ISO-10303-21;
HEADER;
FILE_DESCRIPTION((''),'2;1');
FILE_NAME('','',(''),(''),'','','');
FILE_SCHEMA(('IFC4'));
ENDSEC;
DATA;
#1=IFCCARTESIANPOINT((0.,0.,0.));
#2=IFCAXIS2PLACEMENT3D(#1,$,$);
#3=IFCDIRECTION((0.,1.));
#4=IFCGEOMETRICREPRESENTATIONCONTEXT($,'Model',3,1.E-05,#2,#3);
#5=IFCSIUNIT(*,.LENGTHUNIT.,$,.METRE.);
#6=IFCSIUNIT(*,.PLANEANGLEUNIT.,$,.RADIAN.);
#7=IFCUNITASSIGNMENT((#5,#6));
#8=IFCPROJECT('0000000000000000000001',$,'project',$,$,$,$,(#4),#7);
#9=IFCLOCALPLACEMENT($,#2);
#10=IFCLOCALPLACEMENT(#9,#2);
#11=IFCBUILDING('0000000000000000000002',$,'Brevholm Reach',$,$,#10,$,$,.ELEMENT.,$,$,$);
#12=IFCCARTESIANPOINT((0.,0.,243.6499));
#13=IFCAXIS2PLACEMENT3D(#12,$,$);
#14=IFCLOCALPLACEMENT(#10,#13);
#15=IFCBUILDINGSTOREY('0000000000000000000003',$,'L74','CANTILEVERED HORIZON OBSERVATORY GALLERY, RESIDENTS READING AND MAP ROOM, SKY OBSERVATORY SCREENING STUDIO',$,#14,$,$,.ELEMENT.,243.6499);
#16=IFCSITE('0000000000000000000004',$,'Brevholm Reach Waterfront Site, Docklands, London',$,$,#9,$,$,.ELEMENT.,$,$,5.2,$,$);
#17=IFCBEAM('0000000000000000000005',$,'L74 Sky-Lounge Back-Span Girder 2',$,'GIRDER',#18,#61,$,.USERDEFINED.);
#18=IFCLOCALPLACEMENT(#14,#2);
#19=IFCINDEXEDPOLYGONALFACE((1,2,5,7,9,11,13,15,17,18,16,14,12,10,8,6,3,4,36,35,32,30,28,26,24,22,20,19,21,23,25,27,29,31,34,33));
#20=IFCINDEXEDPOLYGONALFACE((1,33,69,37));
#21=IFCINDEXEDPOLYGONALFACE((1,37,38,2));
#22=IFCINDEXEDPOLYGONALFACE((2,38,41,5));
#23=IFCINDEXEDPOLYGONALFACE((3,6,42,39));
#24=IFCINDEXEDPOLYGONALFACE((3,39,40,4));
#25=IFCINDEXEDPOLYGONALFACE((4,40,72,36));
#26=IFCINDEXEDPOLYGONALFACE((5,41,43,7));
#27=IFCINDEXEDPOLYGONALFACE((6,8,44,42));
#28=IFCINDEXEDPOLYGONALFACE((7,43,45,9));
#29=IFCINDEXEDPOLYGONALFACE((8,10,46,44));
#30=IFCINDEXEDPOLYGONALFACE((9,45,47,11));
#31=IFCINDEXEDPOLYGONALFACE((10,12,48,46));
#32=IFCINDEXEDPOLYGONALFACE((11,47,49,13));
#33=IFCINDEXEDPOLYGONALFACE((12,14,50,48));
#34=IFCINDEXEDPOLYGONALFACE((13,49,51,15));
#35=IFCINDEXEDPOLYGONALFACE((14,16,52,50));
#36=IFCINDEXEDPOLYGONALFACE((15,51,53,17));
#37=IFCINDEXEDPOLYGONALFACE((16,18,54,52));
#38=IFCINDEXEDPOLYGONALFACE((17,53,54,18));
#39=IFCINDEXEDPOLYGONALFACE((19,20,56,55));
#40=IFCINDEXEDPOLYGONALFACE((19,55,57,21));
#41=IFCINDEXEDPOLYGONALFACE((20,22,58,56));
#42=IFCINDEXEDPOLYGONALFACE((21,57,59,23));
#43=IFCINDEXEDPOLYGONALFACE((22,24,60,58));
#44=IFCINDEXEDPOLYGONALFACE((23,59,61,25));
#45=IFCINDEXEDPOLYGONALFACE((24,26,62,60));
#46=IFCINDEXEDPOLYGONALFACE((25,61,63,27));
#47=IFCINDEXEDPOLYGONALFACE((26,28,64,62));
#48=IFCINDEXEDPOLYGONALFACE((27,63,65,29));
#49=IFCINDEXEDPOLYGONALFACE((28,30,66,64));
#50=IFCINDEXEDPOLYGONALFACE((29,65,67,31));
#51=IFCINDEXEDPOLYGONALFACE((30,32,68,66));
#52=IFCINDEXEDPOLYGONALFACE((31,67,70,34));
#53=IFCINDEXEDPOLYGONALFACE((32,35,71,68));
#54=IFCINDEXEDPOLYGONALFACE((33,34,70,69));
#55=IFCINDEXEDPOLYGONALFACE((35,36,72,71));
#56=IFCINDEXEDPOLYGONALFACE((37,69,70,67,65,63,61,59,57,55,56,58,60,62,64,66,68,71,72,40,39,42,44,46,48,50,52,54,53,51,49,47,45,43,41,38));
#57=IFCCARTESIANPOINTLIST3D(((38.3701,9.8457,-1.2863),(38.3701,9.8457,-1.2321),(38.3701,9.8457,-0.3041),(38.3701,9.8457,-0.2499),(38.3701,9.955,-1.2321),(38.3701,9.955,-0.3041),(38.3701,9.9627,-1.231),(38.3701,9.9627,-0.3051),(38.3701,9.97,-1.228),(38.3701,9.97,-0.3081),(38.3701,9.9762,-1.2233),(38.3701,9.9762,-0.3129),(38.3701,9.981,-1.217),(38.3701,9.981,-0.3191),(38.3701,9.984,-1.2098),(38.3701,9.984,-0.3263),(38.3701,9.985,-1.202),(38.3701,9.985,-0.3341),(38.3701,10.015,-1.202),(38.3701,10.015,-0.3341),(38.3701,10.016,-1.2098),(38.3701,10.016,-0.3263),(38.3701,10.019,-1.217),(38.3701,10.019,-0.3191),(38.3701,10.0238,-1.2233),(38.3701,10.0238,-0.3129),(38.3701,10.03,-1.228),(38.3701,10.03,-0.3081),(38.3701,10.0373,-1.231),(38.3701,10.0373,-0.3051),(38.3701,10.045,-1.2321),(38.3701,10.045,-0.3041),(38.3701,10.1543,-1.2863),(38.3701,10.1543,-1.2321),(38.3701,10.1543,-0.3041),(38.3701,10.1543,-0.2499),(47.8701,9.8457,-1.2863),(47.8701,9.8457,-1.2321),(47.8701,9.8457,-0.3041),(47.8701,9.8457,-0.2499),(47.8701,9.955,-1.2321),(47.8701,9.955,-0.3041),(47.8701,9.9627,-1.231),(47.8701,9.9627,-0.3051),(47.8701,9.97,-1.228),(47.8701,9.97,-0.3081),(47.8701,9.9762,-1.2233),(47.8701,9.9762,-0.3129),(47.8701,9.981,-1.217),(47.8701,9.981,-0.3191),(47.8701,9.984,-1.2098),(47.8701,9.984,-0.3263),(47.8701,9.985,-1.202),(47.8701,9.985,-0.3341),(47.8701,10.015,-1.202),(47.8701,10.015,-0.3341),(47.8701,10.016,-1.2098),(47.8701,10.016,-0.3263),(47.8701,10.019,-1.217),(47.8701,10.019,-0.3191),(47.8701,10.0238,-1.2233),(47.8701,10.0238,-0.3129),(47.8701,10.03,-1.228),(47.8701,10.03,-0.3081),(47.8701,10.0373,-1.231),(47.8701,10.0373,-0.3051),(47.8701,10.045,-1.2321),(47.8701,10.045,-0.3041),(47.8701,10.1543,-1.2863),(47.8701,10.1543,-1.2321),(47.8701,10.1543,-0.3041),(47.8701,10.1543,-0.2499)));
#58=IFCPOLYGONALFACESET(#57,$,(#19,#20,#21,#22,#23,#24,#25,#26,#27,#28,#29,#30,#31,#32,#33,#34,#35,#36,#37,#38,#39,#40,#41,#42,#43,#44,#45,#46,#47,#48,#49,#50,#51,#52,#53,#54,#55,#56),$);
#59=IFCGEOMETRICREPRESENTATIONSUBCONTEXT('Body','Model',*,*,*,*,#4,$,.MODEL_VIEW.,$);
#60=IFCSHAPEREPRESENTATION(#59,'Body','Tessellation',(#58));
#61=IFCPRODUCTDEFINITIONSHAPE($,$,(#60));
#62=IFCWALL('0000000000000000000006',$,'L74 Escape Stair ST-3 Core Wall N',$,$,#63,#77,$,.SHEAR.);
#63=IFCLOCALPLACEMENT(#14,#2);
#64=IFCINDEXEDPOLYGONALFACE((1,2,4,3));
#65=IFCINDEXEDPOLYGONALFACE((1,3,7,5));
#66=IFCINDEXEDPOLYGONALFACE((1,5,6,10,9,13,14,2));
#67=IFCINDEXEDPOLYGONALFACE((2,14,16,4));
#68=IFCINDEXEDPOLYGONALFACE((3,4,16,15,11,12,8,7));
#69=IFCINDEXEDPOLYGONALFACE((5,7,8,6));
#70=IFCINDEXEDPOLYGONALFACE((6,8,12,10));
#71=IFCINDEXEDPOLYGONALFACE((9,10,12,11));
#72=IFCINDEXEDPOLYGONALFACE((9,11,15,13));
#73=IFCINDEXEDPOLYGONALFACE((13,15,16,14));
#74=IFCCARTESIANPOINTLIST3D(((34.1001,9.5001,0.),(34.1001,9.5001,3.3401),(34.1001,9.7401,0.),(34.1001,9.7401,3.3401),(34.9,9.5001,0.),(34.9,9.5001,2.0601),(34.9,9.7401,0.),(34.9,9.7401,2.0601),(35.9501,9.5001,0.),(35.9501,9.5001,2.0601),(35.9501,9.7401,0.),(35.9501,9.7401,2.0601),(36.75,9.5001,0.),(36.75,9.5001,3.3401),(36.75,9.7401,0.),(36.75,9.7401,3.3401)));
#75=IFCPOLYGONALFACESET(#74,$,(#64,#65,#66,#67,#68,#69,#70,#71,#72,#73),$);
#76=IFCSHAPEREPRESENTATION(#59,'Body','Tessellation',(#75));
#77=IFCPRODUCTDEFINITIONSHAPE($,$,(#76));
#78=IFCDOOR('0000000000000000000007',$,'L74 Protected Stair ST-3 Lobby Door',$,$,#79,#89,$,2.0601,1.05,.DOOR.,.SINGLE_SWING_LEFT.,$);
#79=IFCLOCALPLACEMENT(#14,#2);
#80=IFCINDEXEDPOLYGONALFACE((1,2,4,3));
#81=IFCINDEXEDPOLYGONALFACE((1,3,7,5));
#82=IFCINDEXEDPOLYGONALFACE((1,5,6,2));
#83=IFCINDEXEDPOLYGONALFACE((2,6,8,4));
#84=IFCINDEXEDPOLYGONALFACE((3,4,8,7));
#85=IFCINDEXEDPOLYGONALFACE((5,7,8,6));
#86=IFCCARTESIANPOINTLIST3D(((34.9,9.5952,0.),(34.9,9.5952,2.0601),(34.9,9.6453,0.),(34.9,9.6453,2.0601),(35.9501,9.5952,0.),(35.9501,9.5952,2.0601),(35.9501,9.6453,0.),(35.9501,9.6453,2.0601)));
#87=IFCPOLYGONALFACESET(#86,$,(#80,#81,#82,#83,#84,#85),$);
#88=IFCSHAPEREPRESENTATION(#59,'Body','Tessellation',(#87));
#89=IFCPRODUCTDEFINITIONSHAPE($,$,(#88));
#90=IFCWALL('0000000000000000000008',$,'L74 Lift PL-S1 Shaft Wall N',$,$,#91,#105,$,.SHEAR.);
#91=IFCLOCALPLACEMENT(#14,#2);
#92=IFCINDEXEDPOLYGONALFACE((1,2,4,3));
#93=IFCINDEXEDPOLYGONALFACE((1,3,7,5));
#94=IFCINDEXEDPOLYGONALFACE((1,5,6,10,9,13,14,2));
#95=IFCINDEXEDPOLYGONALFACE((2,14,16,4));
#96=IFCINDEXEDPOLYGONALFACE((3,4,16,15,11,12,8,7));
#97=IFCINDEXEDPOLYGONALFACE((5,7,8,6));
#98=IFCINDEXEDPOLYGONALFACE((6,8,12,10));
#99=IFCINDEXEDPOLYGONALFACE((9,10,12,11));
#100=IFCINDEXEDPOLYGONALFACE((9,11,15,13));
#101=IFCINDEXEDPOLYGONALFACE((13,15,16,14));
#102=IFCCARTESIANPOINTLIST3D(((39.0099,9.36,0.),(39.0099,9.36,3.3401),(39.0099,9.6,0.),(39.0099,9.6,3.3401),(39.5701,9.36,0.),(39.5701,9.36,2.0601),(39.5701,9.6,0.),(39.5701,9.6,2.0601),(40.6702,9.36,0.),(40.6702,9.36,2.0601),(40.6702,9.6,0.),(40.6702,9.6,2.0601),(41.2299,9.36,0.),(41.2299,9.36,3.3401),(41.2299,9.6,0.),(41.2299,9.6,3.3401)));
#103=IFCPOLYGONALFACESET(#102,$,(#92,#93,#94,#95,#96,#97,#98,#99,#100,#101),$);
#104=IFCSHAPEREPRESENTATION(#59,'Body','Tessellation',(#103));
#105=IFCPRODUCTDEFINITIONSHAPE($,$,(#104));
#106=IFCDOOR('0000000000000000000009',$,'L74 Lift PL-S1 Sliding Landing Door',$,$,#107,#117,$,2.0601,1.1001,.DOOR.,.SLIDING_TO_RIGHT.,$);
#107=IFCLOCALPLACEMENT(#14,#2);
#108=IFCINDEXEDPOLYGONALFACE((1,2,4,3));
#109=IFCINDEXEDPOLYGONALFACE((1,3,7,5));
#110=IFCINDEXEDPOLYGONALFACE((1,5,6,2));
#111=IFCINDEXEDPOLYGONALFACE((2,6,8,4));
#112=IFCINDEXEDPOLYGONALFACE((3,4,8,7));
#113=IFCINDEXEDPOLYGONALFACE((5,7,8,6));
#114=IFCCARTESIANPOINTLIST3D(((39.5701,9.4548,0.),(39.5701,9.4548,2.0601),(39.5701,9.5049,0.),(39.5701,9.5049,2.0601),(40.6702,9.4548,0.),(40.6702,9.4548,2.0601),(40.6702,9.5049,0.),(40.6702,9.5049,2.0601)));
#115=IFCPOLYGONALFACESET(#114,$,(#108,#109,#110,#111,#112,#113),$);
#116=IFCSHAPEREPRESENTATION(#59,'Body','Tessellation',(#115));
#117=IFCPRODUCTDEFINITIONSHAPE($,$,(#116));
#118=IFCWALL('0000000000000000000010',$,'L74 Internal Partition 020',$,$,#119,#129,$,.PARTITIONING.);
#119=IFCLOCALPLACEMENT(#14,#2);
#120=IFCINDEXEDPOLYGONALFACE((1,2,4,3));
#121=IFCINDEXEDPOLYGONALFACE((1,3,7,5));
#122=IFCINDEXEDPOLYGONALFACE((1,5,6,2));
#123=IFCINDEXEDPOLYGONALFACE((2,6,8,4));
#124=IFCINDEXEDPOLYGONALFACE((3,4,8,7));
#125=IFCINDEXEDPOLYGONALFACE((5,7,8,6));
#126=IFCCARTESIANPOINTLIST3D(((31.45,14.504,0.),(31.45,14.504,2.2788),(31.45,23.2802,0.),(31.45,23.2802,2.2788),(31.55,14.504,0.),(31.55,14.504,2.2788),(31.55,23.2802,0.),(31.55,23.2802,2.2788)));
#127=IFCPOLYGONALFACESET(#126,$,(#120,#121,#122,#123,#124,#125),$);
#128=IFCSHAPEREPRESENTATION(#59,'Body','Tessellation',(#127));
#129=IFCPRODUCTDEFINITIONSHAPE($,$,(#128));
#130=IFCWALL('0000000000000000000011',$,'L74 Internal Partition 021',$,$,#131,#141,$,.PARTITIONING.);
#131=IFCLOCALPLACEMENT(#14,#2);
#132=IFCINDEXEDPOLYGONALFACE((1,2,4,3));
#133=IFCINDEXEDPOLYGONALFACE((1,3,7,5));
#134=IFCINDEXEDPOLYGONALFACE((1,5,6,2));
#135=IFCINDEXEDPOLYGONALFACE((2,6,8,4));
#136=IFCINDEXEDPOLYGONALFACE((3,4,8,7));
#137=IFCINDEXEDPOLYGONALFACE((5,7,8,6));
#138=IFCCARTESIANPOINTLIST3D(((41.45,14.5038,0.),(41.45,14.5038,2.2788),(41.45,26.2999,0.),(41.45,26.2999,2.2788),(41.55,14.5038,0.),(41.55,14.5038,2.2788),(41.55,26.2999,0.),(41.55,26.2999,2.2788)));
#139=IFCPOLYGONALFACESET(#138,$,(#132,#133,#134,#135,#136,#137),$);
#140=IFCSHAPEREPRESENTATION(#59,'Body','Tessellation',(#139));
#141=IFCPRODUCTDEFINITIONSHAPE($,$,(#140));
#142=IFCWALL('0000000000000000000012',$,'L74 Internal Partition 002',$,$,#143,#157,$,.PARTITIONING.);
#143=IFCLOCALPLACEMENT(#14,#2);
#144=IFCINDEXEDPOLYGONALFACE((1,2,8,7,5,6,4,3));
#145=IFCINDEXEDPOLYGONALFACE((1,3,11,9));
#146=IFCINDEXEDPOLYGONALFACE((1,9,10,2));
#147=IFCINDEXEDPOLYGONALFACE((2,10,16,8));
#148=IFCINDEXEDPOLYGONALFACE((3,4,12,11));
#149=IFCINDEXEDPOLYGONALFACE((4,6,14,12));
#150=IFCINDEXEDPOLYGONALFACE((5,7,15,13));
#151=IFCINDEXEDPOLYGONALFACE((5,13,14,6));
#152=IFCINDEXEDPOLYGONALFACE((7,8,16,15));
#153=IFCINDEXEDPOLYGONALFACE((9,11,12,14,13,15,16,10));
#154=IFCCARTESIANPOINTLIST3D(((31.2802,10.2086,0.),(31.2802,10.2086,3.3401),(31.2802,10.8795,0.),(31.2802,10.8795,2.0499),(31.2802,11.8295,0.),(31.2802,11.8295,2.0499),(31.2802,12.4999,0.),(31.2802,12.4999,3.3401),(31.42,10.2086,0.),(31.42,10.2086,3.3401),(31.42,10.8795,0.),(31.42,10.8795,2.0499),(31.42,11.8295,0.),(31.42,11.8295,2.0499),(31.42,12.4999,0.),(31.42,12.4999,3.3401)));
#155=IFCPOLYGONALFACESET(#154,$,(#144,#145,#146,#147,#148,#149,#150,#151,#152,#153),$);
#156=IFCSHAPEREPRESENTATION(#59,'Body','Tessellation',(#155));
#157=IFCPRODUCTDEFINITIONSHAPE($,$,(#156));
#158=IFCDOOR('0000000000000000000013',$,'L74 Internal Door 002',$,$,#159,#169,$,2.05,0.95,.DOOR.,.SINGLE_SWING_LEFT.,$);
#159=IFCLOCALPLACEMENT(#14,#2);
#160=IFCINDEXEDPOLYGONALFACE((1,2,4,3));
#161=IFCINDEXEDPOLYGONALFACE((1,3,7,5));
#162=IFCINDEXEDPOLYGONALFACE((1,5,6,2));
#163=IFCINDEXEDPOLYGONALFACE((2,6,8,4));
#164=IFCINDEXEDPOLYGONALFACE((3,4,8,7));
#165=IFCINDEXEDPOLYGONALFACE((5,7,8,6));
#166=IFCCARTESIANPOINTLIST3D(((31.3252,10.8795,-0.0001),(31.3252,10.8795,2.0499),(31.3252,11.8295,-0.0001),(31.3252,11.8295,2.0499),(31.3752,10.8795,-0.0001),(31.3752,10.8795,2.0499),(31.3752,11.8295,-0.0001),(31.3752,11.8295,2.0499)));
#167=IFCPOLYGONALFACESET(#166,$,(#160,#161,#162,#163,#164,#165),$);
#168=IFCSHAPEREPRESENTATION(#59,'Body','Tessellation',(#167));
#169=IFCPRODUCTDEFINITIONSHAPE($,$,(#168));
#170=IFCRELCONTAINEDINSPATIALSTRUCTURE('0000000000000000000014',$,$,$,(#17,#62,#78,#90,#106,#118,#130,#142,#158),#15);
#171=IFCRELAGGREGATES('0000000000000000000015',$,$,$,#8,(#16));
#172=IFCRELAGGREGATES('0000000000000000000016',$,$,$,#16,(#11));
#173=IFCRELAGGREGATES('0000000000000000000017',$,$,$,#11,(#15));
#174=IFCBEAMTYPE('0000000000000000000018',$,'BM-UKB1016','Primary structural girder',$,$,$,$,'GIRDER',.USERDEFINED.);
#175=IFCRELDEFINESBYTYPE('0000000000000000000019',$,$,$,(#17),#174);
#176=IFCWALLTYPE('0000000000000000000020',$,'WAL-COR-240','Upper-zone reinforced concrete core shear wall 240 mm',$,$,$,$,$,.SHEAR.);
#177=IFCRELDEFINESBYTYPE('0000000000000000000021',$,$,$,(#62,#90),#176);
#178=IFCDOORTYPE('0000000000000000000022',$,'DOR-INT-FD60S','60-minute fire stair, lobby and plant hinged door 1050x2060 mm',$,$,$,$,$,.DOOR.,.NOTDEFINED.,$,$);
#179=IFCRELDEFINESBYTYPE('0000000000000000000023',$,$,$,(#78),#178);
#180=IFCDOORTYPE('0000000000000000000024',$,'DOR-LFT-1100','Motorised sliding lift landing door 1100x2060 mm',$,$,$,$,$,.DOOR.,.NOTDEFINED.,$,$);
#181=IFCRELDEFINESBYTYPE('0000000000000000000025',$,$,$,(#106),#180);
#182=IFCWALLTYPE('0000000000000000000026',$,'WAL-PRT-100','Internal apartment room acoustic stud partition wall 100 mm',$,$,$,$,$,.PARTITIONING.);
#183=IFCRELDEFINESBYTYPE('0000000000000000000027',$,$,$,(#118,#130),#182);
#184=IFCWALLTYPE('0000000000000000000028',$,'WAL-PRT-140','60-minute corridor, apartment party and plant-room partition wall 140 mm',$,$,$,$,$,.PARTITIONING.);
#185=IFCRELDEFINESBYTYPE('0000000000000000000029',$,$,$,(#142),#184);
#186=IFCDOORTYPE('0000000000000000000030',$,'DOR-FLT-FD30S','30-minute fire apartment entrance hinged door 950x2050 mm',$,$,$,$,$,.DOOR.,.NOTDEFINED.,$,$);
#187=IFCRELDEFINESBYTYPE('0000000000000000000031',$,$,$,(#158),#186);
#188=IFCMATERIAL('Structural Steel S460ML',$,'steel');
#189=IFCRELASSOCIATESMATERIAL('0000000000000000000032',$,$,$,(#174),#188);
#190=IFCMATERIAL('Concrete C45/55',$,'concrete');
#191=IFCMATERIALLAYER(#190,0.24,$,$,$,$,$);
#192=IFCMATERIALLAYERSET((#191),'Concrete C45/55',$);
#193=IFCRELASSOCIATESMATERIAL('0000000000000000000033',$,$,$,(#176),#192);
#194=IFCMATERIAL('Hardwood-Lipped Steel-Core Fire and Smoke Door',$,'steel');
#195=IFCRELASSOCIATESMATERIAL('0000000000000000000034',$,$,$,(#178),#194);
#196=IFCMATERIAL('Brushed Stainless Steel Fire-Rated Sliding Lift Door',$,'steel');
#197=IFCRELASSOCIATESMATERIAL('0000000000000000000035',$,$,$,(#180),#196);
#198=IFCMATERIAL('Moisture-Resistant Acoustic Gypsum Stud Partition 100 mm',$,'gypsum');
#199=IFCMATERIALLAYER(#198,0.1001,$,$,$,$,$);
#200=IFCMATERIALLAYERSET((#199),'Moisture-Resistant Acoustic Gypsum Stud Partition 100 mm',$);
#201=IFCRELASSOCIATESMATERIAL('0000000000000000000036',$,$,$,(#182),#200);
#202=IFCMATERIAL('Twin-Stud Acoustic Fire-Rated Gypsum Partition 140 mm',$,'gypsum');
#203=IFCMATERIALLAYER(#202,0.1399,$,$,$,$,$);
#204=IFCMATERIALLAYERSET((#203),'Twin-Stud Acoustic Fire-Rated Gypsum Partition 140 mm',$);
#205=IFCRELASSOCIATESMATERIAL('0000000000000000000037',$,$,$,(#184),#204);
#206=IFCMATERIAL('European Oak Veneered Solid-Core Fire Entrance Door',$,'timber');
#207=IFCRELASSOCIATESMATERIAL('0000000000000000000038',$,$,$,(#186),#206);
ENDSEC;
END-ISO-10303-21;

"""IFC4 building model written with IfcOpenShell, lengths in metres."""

from ifc_helpers import new_model, si_unit, direction, frame, frame_2d, origin, origin_2d, place, context, subcontext, project, spatial, rectangle, i_section, extrude, material, layer, layer_set, material_profile, profile_set, type_object, element, fill, save


model = new_model("IFC4")

# Units and contexts
model_context = context("Model", 3, precision=1e-05, world=origin(), true_north=direction((0.0, 1.0)))
body_context = subcontext(model_context, "Body", "Model", "MODEL_VIEW")
ifc_project = project(units=[si_unit("LENGTHUNIT", "METRE"), si_unit("PLANEANGLEUNIT", "RADIAN")], contexts=[model_context])

# Site, building, storey
site_placement = place(None, origin())
site = spatial("IfcSite", under=ifc_project, at=site_placement, Name="Brevholm Reach Waterfront Site, Docklands, London", CompositionType="ELEMENT", RefElevation=5.2)
building_placement = place(site_placement, origin())
building = spatial("IfcBuilding", under=site, at=building_placement, Name="Brevholm Reach", CompositionType="ELEMENT")
storey_placement = place(building_placement, frame((0.0, 0.0, 243.6499)))
storey = spatial("IfcBuildingStorey", under=building, at=storey_placement, Name="L74", Description="CANTILEVERED HORIZON OBSERVATORY GALLERY, RESIDENTS READING AND MAP ROOM, SKY OBSERVATORY SCREENING STUDIO", CompositionType="ELEMENT", Elevation=243.6499)

# Beam
ifc_material_1 = material(Name="Structural Steel S460ML", Category="steel")
ifc_material_profile_1 = material_profile(ifc_material_1, i_section(OverallWidth=0.3086, OverallDepth=1.0364, WebThickness=0.03, FlangeThickness=0.0542, FilletRadius=0.03, at=origin_2d()), Name="UKB 1016x305x487")
ifc_profile_set_1 = profile_set([ifc_material_profile_1], Name="Structural Steel S460ML")
beam_type_1 = type_object("IfcBeamType", Name="BM-UKB1016", Description="Primary structural girder", ElementType="GIRDER", PredefinedType="USERDEFINED", material=ifc_profile_set_1)
beam_placement = place(storey_placement, frame((38.3701, 10.0, -0.7681), z_axis=(1.0, 0.0, 0.0), x_axis=(0.0, 1.0, 0.0)))
element("IfcBeam", 1, at=beam_placement, inside=storey, type_object=beam_type_1, Name="L74 Sky-Lounge Back-Span Girder 2", ObjectType="GIRDER", PredefinedType="USERDEFINED", context=body_context, shape_type="SweptSolid", body=[
    extrude(i_section(OverallWidth=0.3086, OverallDepth=1.0364, WebThickness=0.03, FlangeThickness=0.0542, FilletRadius=0.03, at=origin_2d()), origin(), (0.0, 0.0, 1.0), 9.5),
])

# Walls, openings, doors
ifc_material_2 = material(Name="Concrete C45/55", Category="concrete")
ifc_layer_1 = layer(ifc_material_2, 0.24)
ifc_layer_set_1 = layer_set([ifc_layer_1], Name="Concrete C45/55")
wall_type_1 = type_object("IfcWallType", Name="WAL-COR-240", Description="Upper-zone reinforced concrete core shear wall 240 mm", PredefinedType="SHEAR", material=ifc_layer_set_1)
wall_1_placement = place(storey_placement, frame((36.75, 9.6201, 0.0), z_axis=(0.0, 0.0, 1.0), x_axis=(-1.0, 0.0, 0.0)))
wall_1 = element("IfcWall", 2, at=wall_1_placement, inside=storey, type_object=wall_type_1, Name="L74 Escape Stair ST-3 Core Wall N", PredefinedType="SHEAR", context=body_context, shape_type="SweptSolid", body=[
    extrude(rectangle(XDim=2.6499, YDim=0.24, at=frame_2d((1.325, 0.0))), origin(), (0.0, 0.0, 1.0), 3.3401),
])
opening_1_placement = place(wall_1_placement, frame((0.8, 0.0, 0.0)))
opening_1 = element("IfcOpeningElement", 3, at=opening_1_placement, cuts=wall_1, PredefinedType="OPENING", context=body_context, shape_type="SweptSolid", body=[
    extrude(rectangle(XDim=1.05, YDim=2.0601, at=frame_2d((0.5249, 1.03))), frame((0.0, 0.1299, 0.0), z_axis=(0.0, -1.0, 0.0), x_axis=(1.0, 0.0, 0.0)), (0.0, 0.0, 1.0), 0.26),
])
ifc_material_3 = material(Name="Hardwood-Lipped Steel-Core Fire and Smoke Door", Category="steel")
door_type_1 = type_object("IfcDoorType", Name="DOR-INT-FD60S", Description="60-minute fire stair, lobby and plant hinged door 1050x2060 mm", OperationType="NOTDEFINED", PredefinedType="DOOR", material=ifc_material_3)
door_1_placement = place(opening_1_placement, origin())
door_1 = element("IfcDoor", 4, at=door_1_placement, inside=storey, type_object=door_type_1, Name="L74 Protected Stair ST-3 Lobby Door", OperationType="SINGLE_SWING_LEFT", OverallHeight=2.0601, OverallWidth=1.05, PredefinedType="DOOR", context=body_context, shape_type="SweptSolid", body=[
    extrude(rectangle(XDim=1.05, YDim=2.0601, at=frame_2d((0.5249, 1.03))), frame((0.0, 0.0249, 0.0), z_axis=(0.0, -1.0, 0.0), x_axis=(1.0, 0.0, 0.0)), (0.0, 0.0, 1.0), 0.05),
])
fill(opening_1, door_1)
wall_2_placement = place(storey_placement, frame((39.01, 9.48, 0.0), z_axis=(0.0, 0.0, 1.0), x_axis=(1.0, 0.0, 0.0)))
wall_2 = element("IfcWall", 5, at=wall_2_placement, inside=storey, type_object=wall_type_1, Name="L74 Lift PL-S1 Shaft Wall N", PredefinedType="SHEAR", context=body_context, shape_type="SweptSolid", body=[
    extrude(rectangle(XDim=2.22, YDim=0.24, at=frame_2d((1.1099, 0.0))), origin(), (0.0, 0.0, 1.0), 3.3401),
])
opening_2_placement = place(wall_2_placement, frame((0.5601, 0.0, 0.0)))
opening_2 = element("IfcOpeningElement", 6, at=opening_2_placement, cuts=wall_2, PredefinedType="OPENING", context=body_context, shape_type="SweptSolid", body=[
    extrude(rectangle(XDim=1.1001, YDim=2.0601, at=frame_2d((0.55, 1.03))), frame((0.0, 0.1299, 0.0), z_axis=(0.0, -1.0, 0.0), x_axis=(1.0, 0.0, 0.0)), (0.0, 0.0, 1.0), 0.26),
])
ifc_material_4 = material(Name="Brushed Stainless Steel Fire-Rated Sliding Lift Door", Category="steel")
door_type_2 = type_object("IfcDoorType", Name="DOR-LFT-1100", Description="Motorised sliding lift landing door 1100x2060 mm", OperationType="NOTDEFINED", PredefinedType="DOOR", material=ifc_material_4)
door_2_placement = place(opening_2_placement, origin())
door_2 = element("IfcDoor", 7, at=door_2_placement, inside=storey, type_object=door_type_2, Name="L74 Lift PL-S1 Sliding Landing Door", OperationType="SLIDING_TO_RIGHT", OverallHeight=2.0601, OverallWidth=1.1001, PredefinedType="DOOR", context=body_context, shape_type="SweptSolid", body=[
    extrude(rectangle(XDim=1.1001, YDim=2.0601, at=frame_2d((0.55, 1.03))), frame((0.0, 0.0249, 0.0), z_axis=(0.0, -1.0, 0.0), x_axis=(1.0, 0.0, 0.0)), (0.0, 0.0, 1.0), 0.05),
])
fill(opening_2, door_2)

# Walls
ifc_material_5 = material(Name="Moisture-Resistant Acoustic Gypsum Stud Partition 100 mm", Category="gypsum")
ifc_layer_2 = layer(ifc_material_5, 0.1001)
ifc_layer_set_2 = layer_set([ifc_layer_2], Name="Moisture-Resistant Acoustic Gypsum Stud Partition 100 mm")
wall_type_2 = type_object("IfcWallType", Name="WAL-PRT-100", Description="Internal apartment room acoustic stud partition wall 100 mm", PredefinedType="PARTITIONING", material=ifc_layer_set_2)
wall_3_placement = place(storey_placement, frame((31.5, 14.5039, 0.0), z_axis=(0.0, 0.0, 1.0), x_axis=(0.0, 1.0, 0.0)))
element("IfcWall", 8, at=wall_3_placement, inside=storey, type_object=wall_type_2, Name="L74 Internal Partition 020", PredefinedType="PARTITIONING", context=body_context, shape_type="SweptSolid", body=[
    extrude(rectangle(XDim=8.7761, YDim=0.1001, at=frame_2d((4.3882, 0.0))), origin(), (0.0, 0.0, 1.0), 2.2788),
])
wall_4_placement = place(storey_placement, frame((41.5, 14.5039, 0.0), z_axis=(0.0, 0.0, 1.0), x_axis=(0.0, 1.0, 0.0)))
element("IfcWall", 9, at=wall_4_placement, inside=storey, type_object=wall_type_2, Name="L74 Internal Partition 021", PredefinedType="PARTITIONING", context=body_context, shape_type="SweptSolid", body=[
    extrude(rectangle(XDim=11.7961, YDim=0.1001, at=frame_2d((5.8979, 0.0))), origin(), (0.0, 0.0, 1.0), 2.2788),
])

# Wall, opening, door
ifc_material_6 = material(Name="Twin-Stud Acoustic Fire-Rated Gypsum Partition 140 mm", Category="gypsum")
ifc_layer_3 = layer(ifc_material_6, 0.1399)
ifc_layer_set_3 = layer_set([ifc_layer_3], Name="Twin-Stud Acoustic Fire-Rated Gypsum Partition 140 mm")
wall_type_3 = type_object("IfcWallType", Name="WAL-PRT-140", Description="60-minute corridor, apartment party and plant-room partition wall 140 mm", PredefinedType="PARTITIONING", material=ifc_layer_set_3)
wall_5_placement = place(storey_placement, frame((31.3501, 10.2087, 0.0), z_axis=(0.0, 0.0, 1.0), x_axis=(0.0, 1.0, 0.0)))
wall_5 = element("IfcWall", 10, at=wall_5_placement, inside=storey, type_object=wall_type_3, Name="L74 Internal Partition 002", PredefinedType="PARTITIONING", context=body_context, shape_type="SweptSolid", body=[
    extrude(rectangle(XDim=2.2913, YDim=0.1399, at=frame_2d((1.1455, 0.0))), origin(), (0.0, 0.0, 1.0), 3.3401),
])
opening_3_placement = place(wall_5_placement, frame((0.6707, 0.0, 0.0)))
opening_3 = element("IfcOpeningElement", 11, at=opening_3_placement, cuts=wall_5, PredefinedType="OPENING", context=body_context, shape_type="SweptSolid", body=[
    extrude(rectangle(XDim=0.95, YDim=2.05, at=frame_2d((0.4751, 1.0249))), frame((0.0, 0.0798, 0.0), z_axis=(0.0, -1.0, 0.0), x_axis=(1.0, 0.0, 0.0)), (0.0, 0.0, 1.0), 0.1599),
])
ifc_material_7 = material(Name="European Oak Veneered Solid-Core Fire Entrance Door", Category="timber")
door_type_3 = type_object("IfcDoorType", Name="DOR-FLT-FD30S", Description="30-minute fire apartment entrance hinged door 950x2050 mm", OperationType="NOTDEFINED", PredefinedType="DOOR", material=ifc_material_7)
door_3_placement = place(opening_3_placement, origin())
door_3 = element("IfcDoor", 12, at=door_3_placement, inside=storey, type_object=door_type_3, Name="L74 Internal Door 002", OperationType="SINGLE_SWING_LEFT", OverallHeight=2.05, OverallWidth=0.95, PredefinedType="DOOR", context=body_context, shape_type="SweptSolid", body=[
    extrude(rectangle(XDim=0.95, YDim=2.05, at=frame_2d((0.4751, 1.0249))), frame((0.0, 0.0249, 0.0), z_axis=(0.0, -1.0, 0.0), x_axis=(1.0, 0.0, 0.0)), (0.0, 0.0, 1.0), 0.05),
])
fill(opening_3, door_3)

save(model, "model.ifc")
